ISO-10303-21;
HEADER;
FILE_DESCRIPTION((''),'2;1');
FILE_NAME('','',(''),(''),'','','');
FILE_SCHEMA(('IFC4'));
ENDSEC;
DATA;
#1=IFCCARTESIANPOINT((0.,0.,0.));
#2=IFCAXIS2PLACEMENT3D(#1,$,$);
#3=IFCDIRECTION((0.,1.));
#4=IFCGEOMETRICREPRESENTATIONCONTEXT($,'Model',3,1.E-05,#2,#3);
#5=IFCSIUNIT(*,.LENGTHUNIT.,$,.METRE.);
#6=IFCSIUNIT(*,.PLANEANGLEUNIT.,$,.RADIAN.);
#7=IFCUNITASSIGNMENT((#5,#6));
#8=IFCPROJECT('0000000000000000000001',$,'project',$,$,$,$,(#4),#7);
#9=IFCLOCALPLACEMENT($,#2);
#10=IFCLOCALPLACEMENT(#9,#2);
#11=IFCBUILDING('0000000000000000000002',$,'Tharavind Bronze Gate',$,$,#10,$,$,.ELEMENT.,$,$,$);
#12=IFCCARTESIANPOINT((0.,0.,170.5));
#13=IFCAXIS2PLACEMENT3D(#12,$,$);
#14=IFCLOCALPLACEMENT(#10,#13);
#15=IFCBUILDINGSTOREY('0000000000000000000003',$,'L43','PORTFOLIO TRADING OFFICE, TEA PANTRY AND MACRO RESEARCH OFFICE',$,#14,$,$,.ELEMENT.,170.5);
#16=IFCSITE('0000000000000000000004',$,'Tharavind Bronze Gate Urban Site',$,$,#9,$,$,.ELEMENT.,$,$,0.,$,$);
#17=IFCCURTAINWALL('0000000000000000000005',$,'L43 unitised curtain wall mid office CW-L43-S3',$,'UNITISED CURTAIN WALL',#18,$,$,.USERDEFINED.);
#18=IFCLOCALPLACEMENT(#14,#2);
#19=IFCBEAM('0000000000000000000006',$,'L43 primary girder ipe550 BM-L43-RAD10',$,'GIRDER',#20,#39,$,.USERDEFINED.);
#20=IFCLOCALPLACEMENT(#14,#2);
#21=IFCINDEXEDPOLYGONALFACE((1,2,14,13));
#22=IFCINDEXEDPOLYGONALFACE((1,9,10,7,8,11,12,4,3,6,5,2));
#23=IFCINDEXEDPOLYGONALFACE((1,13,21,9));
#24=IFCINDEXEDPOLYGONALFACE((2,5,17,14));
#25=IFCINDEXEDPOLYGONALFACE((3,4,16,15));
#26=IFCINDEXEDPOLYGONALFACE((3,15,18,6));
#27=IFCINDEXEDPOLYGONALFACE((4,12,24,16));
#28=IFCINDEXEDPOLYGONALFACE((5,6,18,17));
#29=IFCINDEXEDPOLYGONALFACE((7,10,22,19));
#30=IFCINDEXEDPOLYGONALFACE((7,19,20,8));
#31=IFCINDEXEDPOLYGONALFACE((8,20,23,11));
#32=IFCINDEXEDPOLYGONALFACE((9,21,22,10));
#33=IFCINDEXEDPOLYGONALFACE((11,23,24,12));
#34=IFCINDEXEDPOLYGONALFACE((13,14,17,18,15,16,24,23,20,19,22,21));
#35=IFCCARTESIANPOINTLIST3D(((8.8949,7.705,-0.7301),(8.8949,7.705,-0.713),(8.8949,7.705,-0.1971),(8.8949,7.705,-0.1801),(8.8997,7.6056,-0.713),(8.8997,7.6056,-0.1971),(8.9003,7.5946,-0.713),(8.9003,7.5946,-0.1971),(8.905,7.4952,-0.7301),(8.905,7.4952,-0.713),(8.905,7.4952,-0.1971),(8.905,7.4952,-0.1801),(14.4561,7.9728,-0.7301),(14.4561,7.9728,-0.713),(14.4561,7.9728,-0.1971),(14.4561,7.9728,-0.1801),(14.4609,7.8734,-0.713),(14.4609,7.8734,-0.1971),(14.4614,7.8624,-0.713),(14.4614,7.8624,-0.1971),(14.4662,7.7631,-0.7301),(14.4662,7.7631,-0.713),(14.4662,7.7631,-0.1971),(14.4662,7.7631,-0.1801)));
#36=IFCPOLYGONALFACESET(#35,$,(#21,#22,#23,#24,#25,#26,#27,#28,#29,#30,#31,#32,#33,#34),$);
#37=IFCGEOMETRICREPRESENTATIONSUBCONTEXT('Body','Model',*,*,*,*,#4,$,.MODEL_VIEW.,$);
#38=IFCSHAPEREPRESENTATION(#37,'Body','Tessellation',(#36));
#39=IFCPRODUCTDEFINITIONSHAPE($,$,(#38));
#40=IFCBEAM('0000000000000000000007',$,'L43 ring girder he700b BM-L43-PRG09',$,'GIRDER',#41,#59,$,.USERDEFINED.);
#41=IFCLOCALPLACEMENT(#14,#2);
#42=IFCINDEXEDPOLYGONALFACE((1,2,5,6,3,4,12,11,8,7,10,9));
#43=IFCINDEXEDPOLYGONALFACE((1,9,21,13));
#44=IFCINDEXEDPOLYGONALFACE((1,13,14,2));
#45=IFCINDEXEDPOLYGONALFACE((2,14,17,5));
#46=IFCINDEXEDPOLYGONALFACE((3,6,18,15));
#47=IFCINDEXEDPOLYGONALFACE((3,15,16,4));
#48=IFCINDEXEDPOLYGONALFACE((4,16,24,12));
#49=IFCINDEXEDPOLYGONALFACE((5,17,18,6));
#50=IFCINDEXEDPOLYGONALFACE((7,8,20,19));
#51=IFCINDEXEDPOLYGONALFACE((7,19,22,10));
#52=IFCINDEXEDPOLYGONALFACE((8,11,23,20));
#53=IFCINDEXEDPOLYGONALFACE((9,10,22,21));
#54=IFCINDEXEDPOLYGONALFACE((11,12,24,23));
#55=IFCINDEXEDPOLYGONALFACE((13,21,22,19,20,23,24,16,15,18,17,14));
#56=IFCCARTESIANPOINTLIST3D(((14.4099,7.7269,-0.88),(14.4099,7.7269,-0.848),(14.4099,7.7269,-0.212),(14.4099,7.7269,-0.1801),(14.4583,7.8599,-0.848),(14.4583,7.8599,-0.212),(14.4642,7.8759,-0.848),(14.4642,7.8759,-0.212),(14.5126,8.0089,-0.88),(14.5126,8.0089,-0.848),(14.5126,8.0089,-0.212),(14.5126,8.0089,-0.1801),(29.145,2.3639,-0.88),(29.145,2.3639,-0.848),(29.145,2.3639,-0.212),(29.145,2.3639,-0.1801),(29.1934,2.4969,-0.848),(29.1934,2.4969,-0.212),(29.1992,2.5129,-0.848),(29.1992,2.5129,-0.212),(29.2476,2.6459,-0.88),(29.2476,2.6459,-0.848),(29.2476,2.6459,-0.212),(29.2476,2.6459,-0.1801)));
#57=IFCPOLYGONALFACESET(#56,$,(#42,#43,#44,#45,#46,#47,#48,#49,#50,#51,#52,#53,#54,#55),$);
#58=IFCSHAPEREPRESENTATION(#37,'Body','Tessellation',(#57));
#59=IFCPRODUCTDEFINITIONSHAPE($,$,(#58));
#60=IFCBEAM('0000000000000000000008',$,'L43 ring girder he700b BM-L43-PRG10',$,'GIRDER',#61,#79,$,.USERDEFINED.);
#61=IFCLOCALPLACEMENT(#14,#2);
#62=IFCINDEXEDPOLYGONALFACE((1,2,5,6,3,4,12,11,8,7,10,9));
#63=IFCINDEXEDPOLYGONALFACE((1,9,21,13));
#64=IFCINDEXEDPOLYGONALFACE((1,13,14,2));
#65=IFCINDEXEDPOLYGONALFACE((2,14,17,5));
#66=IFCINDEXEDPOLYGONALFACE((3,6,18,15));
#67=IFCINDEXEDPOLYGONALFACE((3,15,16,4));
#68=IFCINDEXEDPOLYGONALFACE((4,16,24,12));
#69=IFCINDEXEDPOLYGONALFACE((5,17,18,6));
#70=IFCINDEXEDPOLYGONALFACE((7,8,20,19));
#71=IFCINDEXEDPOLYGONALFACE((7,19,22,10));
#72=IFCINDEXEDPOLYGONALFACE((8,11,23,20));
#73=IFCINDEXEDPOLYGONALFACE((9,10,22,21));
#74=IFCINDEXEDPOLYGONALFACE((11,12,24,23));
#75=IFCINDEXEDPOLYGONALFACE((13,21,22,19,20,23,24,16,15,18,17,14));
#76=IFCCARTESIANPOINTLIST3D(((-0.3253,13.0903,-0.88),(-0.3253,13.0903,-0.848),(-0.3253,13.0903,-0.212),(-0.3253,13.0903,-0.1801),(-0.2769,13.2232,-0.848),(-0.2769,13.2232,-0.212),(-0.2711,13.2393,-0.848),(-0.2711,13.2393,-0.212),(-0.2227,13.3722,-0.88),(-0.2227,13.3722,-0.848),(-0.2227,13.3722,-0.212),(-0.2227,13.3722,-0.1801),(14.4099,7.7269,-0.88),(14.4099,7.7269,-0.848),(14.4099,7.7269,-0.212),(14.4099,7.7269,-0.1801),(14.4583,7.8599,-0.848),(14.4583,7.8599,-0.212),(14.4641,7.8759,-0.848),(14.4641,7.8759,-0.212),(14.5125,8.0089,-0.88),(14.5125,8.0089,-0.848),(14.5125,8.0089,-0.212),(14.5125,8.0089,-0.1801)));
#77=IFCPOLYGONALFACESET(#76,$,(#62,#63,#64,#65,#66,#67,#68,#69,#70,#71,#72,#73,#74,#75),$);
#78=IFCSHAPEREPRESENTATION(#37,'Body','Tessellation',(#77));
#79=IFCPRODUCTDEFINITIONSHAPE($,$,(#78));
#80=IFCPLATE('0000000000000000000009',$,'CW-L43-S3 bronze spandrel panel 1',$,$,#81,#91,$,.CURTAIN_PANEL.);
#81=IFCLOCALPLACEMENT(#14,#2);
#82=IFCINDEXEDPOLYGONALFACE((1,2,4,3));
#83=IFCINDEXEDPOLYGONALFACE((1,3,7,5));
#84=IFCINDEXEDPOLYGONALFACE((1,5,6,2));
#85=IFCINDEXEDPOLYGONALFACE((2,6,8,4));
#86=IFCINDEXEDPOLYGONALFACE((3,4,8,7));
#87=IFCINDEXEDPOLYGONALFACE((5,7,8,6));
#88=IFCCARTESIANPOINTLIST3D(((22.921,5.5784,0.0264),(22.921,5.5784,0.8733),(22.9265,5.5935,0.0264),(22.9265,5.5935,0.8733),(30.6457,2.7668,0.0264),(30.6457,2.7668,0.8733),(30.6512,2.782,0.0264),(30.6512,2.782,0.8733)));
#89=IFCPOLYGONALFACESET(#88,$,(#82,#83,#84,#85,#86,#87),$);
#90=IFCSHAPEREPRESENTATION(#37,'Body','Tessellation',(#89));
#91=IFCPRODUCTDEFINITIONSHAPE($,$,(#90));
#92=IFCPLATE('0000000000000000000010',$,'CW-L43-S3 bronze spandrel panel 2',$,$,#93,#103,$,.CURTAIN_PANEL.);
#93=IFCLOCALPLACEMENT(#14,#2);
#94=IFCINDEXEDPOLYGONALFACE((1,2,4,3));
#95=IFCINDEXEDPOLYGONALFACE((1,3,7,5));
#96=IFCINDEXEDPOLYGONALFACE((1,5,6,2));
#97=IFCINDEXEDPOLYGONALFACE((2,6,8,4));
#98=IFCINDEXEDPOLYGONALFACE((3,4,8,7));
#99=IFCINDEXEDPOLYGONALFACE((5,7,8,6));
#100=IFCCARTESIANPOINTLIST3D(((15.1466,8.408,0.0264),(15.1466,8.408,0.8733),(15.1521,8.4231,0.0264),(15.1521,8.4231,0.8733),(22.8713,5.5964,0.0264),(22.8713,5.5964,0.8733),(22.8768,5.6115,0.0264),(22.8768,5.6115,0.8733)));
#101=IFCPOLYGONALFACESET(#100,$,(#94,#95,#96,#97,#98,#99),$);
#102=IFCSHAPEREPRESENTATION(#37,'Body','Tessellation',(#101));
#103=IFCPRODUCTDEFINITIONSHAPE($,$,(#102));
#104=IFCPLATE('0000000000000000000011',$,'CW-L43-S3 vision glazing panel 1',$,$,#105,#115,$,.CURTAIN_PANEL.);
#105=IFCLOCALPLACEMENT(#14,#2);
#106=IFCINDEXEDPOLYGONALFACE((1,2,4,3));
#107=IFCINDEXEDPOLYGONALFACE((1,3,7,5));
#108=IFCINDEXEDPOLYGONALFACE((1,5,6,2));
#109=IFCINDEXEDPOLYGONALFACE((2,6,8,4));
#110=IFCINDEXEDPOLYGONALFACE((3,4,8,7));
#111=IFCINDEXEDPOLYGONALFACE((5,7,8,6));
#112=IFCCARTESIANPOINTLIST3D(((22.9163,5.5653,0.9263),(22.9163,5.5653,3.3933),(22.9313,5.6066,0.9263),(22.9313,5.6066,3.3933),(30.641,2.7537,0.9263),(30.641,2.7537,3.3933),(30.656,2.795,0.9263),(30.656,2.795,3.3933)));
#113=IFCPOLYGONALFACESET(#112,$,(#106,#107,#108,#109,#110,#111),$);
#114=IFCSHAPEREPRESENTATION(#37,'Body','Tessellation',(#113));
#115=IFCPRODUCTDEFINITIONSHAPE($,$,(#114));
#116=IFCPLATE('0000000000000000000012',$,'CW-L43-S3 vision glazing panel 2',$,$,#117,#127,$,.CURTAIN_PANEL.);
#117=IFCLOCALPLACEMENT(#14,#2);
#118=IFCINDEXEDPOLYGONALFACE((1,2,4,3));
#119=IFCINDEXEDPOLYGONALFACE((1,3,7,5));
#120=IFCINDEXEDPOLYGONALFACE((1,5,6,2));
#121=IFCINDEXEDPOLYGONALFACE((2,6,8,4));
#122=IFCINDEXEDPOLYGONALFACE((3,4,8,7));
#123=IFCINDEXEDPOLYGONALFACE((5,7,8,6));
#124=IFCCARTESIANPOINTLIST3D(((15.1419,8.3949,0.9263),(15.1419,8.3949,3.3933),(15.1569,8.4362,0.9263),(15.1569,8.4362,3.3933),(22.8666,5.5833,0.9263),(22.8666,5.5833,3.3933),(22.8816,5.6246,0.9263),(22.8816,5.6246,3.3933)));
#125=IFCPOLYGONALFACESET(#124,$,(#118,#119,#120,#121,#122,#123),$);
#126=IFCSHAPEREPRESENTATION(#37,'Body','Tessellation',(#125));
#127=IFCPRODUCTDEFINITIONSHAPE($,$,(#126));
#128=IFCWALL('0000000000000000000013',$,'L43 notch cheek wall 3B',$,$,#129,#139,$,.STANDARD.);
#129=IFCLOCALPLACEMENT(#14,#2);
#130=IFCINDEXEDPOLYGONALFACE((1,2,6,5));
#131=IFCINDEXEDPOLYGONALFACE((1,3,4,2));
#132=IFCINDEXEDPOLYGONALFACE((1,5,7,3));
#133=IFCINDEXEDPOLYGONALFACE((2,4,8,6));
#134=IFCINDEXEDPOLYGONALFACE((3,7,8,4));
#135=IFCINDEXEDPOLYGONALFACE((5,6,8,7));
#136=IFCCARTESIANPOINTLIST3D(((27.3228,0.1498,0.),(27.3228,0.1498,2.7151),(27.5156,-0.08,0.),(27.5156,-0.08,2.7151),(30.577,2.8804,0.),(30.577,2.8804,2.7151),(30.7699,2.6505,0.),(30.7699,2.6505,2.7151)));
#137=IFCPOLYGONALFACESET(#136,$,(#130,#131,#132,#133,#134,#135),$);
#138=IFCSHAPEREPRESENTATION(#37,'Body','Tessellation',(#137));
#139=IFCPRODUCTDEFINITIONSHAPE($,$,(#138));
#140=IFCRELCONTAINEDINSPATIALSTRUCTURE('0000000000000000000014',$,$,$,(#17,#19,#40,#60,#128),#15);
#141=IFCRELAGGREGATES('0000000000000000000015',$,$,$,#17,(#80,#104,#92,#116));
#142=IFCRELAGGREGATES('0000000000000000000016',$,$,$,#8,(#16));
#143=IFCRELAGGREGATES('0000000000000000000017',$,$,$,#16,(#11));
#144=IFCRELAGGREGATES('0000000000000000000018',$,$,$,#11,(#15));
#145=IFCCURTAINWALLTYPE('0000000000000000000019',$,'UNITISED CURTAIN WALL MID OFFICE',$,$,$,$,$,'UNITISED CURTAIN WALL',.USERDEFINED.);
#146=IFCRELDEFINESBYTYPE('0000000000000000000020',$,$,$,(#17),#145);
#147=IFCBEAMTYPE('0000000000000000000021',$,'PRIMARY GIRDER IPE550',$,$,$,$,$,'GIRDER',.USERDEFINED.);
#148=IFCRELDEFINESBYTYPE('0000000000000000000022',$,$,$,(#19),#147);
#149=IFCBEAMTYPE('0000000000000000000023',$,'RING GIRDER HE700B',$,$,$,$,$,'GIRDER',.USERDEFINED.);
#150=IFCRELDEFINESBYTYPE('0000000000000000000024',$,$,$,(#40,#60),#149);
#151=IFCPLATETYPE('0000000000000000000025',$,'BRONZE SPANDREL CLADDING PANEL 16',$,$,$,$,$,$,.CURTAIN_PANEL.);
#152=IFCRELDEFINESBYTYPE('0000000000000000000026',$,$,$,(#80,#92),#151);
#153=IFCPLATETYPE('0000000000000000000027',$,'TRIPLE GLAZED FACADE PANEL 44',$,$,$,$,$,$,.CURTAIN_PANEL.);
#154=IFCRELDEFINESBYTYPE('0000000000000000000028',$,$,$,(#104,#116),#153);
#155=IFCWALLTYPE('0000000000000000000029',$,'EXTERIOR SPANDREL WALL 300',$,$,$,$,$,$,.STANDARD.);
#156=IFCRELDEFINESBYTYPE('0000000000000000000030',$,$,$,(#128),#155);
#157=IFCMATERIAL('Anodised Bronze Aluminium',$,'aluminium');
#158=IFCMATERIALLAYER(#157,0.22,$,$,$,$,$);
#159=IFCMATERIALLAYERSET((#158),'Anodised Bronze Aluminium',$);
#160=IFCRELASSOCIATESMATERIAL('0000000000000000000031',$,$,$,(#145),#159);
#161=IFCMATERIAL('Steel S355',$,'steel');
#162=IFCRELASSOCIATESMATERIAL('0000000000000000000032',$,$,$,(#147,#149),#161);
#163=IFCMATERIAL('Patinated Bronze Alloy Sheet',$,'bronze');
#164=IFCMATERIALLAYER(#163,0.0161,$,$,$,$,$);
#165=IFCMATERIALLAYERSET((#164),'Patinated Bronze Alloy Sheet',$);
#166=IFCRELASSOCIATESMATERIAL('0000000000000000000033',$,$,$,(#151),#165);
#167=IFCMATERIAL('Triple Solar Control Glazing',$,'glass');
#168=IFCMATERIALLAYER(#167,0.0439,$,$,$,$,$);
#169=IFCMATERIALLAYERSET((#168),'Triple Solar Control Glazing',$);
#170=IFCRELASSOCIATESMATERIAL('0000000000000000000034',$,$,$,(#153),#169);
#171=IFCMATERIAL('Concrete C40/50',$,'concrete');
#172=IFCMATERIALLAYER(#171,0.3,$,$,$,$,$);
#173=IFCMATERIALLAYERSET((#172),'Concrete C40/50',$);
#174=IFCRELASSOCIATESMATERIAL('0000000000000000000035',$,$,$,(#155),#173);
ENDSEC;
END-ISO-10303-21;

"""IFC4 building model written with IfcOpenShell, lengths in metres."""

from ifc_helpers import new_model, si_unit, direction, frame, frame_2d, origin, origin_2d, place, context, subcontext, project, spatial, rectangle, i_section, extrude, material, layer, layer_set, material_profile, profile_set, type_object, element, aggregate, save


model = new_model("IFC4")

# Units and contexts
model_context = context("Model", 3, precision=1e-05, world=origin(), true_north=direction((0.0, 1.0)))
body_context = subcontext(model_context, "Body", "Model", "MODEL_VIEW")
ifc_project = project(units=[si_unit("LENGTHUNIT", "METRE"), si_unit("PLANEANGLEUNIT", "RADIAN")], contexts=[model_context])

# Site, building, storey
site_placement = place(None, origin())
site = spatial("IfcSite", under=ifc_project, at=site_placement, Name="Tharavind Bronze Gate Urban Site", CompositionType="ELEMENT", RefElevation=0.0)
building_placement = place(site_placement, origin())
building = spatial("IfcBuilding", under=site, at=building_placement, Name="Tharavind Bronze Gate", CompositionType="ELEMENT")
storey_placement = place(building_placement, frame((0.0, 0.0, 170.5)))
storey = spatial("IfcBuildingStorey", under=building, at=storey_placement, Name="L43", Description="PORTFOLIO TRADING OFFICE, TEA PANTRY AND MACRO RESEARCH OFFICE", CompositionType="ELEMENT", Elevation=170.5)

# Curtain wall
ifc_material_1 = material(Name="Anodised Bronze Aluminium", Category="aluminium")
ifc_layer_1 = layer(ifc_material_1, 0.22)
ifc_layer_set_1 = layer_set([ifc_layer_1], Name="Anodised Bronze Aluminium")
curtain_wall_type = type_object("IfcCurtainWallType", Name="UNITISED CURTAIN WALL MID OFFICE", ElementType="UNITISED CURTAIN WALL", PredefinedType="USERDEFINED", material=ifc_layer_set_1)
curtain_wall_placement = place(storey_placement, origin())
curtain_wall = element("IfcCurtainWall", 1, at=curtain_wall_placement, inside=storey, type_object=curtain_wall_type, Name="L43 unitised curtain wall mid office CW-L43-S3", ObjectType="UNITISED CURTAIN WALL", PredefinedType="USERDEFINED")

# Beams
ifc_material_2 = material(Name="Steel S355", Category="steel")
ifc_material_profile_1 = material_profile(ifc_material_2, i_section(OverallWidth=0.21, OverallDepth=0.55, WebThickness=0.011, FlangeThickness=0.0171, at=origin_2d()), Name="IPE550")
ifc_profile_set_1 = profile_set([ifc_material_profile_1], Name="Steel S355")
beam_type_1 = type_object("IfcBeamType", Name="PRIMARY GIRDER IPE550", ElementType="GIRDER", PredefinedType="USERDEFINED", material=ifc_profile_set_1)
beam_1_placement = place(storey_placement, frame((14.4612, 7.8679, -0.4551), z_axis=(-0.998842, -0.048103, 0.0), x_axis=(0.048103, -0.998842, 0.0)))
element("IfcBeam", 2, at=beam_1_placement, inside=storey, type_object=beam_type_1, Name="L43 primary girder ipe550 BM-L43-RAD10", ObjectType="GIRDER", PredefinedType="USERDEFINED", context=body_context, shape_type="SweptSolid", body=[
    extrude(i_section(OverallWidth=0.21, OverallDepth=0.55, WebThickness=0.011, FlangeThickness=0.0171, at=origin_2d()), origin(), (0.0, 0.0, 1.0), 5.5676),
])
ifc_material_profile_2 = material_profile(ifc_material_2, i_section(OverallWidth=0.3, OverallDepth=0.7, WebThickness=0.0171, FlangeThickness=0.032, at=origin_2d()), Name="HE700B")
ifc_profile_set_2 = profile_set([ifc_material_profile_2], Name="Steel S355")
beam_type_2 = type_object("IfcBeamType", Name="RING GIRDER HE700B", ElementType="GIRDER", PredefinedType="USERDEFINED", material=ifc_profile_set_2)
beam_2_placement = place(storey_placement, frame((29.1963, 2.5049, -0.53), z_axis=(-0.939695, 0.342014, 0.0), x_axis=(-0.342014, -0.939695, 0.0)))
element("IfcBeam", 3, at=beam_2_placement, inside=storey, type_object=beam_type_2, Name="L43 ring girder he700b BM-L43-PRG09", ObjectType="GIRDER", PredefinedType="USERDEFINED", context=body_context, shape_type="SweptSolid", body=[
    extrude(i_section(OverallWidth=0.3, OverallDepth=0.7, WebThickness=0.0171, FlangeThickness=0.032, at=origin_2d()), origin(), (0.0, 0.0, 1.0), 15.6807),
])
beam_3_placement = place(storey_placement, frame((14.4612, 7.8679, -0.53), z_axis=(-0.93969, 0.342028, 0.0), x_axis=(-0.342028, -0.93969, 0.0)))
element("IfcBeam", 4, at=beam_3_placement, inside=storey, type_object=beam_type_2, Name="L43 ring girder he700b BM-L43-PRG10", ObjectType="GIRDER", PredefinedType="USERDEFINED", context=body_context, shape_type="SweptSolid", body=[
    extrude(i_section(OverallWidth=0.3, OverallDepth=0.7, WebThickness=0.0171, FlangeThickness=0.032, at=origin_2d()), origin(), (0.0, 0.0, 1.0), 15.6809),
])

# Plates
ifc_material_3 = material(Name="Patinated Bronze Alloy Sheet", Category="bronze")
ifc_layer_2 = layer(ifc_material_3, 0.0161)
ifc_layer_set_2 = layer_set([ifc_layer_2], Name="Patinated Bronze Alloy Sheet")
plate_type_1 = type_object("IfcPlateType", Name="BRONZE SPANDREL CLADDING PANEL 16", PredefinedType="CURTAIN_PANEL", material=ifc_layer_set_2)
plate_1_placement = place(storey_placement, frame((26.7861, 4.1802, 0.0264), z_axis=(0.0, 0.0, 1.0), x_axis=(-0.939692, 0.342022, 0.0)))
plate_1 = element("IfcPlate", 5, at=plate_1_placement, type_object=plate_type_1, Name="CW-L43-S3 bronze spandrel panel 1", PredefinedType="CURTAIN_PANEL", context=body_context, shape_type="SweptSolid", body=[
    extrude(rectangle(XDim=8.2205, YDim=0.0161, at=origin_2d()), origin(), (0.0, 0.0, 1.0), 0.8469),
])
plate_2_placement = place(storey_placement, frame((19.0117, 7.0098, 0.0264), z_axis=(0.0, 0.0, 1.0), x_axis=(-0.939692, 0.342022, 0.0)))
plate_2 = element("IfcPlate", 6, at=plate_2_placement, type_object=plate_type_1, Name="CW-L43-S3 bronze spandrel panel 2", PredefinedType="CURTAIN_PANEL", context=body_context, shape_type="SweptSolid", body=[
    extrude(rectangle(XDim=8.2205, YDim=0.0161, at=origin_2d()), origin(), (0.0, 0.0, 1.0), 0.8469),
])
ifc_material_4 = material(Name="Triple Solar Control Glazing", Category="glass")
ifc_layer_3 = layer(ifc_material_4, 0.0439)
ifc_layer_set_3 = layer_set([ifc_layer_3], Name="Triple Solar Control Glazing")
plate_type_2 = type_object("IfcPlateType", Name="TRIPLE GLAZED FACADE PANEL 44", PredefinedType="CURTAIN_PANEL", material=ifc_layer_set_3)
plate_3_placement = place(storey_placement, frame((26.7861, 4.1802, 0.9263), z_axis=(0.0, 0.0, 1.0), x_axis=(-0.939692, 0.342022, 0.0)))
plate_3 = element("IfcPlate", 7, at=plate_3_placement, type_object=plate_type_2, Name="CW-L43-S3 vision glazing panel 1", PredefinedType="CURTAIN_PANEL", context=body_context, shape_type="SweptSolid", body=[
    extrude(rectangle(XDim=8.2205, YDim=0.0439, at=origin_2d()), origin(), (0.0, 0.0, 1.0), 2.467),
])
plate_4_placement = place(storey_placement, frame((19.0117, 7.0098, 0.9263), z_axis=(0.0, 0.0, 1.0), x_axis=(-0.939692, 0.342022, 0.0)))
plate_4 = element("IfcPlate", 8, at=plate_4_placement, type_object=plate_type_2, Name="CW-L43-S3 vision glazing panel 2", PredefinedType="CURTAIN_PANEL", context=body_context, shape_type="SweptSolid", body=[
    extrude(rectangle(XDim=8.2205, YDim=0.0439, at=origin_2d()), origin(), (0.0, 0.0, 1.0), 2.467),
])
aggregate(curtain_wall, [plate_1, plate_3, plate_2, plate_4])

# Wall
ifc_material_5 = material(Name="Concrete C40/50", Category="concrete")
ifc_layer_4 = layer(ifc_material_5, 0.3)
ifc_layer_set_4 = layer_set([ifc_layer_4], Name="Concrete C40/50")
wall_type = type_object("IfcWallType", Name="EXTERIOR SPANDREL WALL 300", PredefinedType="STANDARD", material=ifc_layer_set_4)
wall_placement = place(storey_placement, frame((27.4192, 0.0349, 0.0), z_axis=(0.0, 0.0, 1.0), x_axis=(0.766055, 0.642776, 0.0)))
element("IfcWall", 9, at=wall_placement, inside=storey, type_object=wall_type, Name="L43 notch cheek wall 3B", PredefinedType="STANDARD", context=body_context, shape_type="SweptSolid", body=[
    extrude(rectangle(XDim=4.248, YDim=0.3, at=frame_2d((2.124, 0.0))), origin(), (0.0, 0.0, 1.0), 2.7151),
])

save(model, "model.ifc")
